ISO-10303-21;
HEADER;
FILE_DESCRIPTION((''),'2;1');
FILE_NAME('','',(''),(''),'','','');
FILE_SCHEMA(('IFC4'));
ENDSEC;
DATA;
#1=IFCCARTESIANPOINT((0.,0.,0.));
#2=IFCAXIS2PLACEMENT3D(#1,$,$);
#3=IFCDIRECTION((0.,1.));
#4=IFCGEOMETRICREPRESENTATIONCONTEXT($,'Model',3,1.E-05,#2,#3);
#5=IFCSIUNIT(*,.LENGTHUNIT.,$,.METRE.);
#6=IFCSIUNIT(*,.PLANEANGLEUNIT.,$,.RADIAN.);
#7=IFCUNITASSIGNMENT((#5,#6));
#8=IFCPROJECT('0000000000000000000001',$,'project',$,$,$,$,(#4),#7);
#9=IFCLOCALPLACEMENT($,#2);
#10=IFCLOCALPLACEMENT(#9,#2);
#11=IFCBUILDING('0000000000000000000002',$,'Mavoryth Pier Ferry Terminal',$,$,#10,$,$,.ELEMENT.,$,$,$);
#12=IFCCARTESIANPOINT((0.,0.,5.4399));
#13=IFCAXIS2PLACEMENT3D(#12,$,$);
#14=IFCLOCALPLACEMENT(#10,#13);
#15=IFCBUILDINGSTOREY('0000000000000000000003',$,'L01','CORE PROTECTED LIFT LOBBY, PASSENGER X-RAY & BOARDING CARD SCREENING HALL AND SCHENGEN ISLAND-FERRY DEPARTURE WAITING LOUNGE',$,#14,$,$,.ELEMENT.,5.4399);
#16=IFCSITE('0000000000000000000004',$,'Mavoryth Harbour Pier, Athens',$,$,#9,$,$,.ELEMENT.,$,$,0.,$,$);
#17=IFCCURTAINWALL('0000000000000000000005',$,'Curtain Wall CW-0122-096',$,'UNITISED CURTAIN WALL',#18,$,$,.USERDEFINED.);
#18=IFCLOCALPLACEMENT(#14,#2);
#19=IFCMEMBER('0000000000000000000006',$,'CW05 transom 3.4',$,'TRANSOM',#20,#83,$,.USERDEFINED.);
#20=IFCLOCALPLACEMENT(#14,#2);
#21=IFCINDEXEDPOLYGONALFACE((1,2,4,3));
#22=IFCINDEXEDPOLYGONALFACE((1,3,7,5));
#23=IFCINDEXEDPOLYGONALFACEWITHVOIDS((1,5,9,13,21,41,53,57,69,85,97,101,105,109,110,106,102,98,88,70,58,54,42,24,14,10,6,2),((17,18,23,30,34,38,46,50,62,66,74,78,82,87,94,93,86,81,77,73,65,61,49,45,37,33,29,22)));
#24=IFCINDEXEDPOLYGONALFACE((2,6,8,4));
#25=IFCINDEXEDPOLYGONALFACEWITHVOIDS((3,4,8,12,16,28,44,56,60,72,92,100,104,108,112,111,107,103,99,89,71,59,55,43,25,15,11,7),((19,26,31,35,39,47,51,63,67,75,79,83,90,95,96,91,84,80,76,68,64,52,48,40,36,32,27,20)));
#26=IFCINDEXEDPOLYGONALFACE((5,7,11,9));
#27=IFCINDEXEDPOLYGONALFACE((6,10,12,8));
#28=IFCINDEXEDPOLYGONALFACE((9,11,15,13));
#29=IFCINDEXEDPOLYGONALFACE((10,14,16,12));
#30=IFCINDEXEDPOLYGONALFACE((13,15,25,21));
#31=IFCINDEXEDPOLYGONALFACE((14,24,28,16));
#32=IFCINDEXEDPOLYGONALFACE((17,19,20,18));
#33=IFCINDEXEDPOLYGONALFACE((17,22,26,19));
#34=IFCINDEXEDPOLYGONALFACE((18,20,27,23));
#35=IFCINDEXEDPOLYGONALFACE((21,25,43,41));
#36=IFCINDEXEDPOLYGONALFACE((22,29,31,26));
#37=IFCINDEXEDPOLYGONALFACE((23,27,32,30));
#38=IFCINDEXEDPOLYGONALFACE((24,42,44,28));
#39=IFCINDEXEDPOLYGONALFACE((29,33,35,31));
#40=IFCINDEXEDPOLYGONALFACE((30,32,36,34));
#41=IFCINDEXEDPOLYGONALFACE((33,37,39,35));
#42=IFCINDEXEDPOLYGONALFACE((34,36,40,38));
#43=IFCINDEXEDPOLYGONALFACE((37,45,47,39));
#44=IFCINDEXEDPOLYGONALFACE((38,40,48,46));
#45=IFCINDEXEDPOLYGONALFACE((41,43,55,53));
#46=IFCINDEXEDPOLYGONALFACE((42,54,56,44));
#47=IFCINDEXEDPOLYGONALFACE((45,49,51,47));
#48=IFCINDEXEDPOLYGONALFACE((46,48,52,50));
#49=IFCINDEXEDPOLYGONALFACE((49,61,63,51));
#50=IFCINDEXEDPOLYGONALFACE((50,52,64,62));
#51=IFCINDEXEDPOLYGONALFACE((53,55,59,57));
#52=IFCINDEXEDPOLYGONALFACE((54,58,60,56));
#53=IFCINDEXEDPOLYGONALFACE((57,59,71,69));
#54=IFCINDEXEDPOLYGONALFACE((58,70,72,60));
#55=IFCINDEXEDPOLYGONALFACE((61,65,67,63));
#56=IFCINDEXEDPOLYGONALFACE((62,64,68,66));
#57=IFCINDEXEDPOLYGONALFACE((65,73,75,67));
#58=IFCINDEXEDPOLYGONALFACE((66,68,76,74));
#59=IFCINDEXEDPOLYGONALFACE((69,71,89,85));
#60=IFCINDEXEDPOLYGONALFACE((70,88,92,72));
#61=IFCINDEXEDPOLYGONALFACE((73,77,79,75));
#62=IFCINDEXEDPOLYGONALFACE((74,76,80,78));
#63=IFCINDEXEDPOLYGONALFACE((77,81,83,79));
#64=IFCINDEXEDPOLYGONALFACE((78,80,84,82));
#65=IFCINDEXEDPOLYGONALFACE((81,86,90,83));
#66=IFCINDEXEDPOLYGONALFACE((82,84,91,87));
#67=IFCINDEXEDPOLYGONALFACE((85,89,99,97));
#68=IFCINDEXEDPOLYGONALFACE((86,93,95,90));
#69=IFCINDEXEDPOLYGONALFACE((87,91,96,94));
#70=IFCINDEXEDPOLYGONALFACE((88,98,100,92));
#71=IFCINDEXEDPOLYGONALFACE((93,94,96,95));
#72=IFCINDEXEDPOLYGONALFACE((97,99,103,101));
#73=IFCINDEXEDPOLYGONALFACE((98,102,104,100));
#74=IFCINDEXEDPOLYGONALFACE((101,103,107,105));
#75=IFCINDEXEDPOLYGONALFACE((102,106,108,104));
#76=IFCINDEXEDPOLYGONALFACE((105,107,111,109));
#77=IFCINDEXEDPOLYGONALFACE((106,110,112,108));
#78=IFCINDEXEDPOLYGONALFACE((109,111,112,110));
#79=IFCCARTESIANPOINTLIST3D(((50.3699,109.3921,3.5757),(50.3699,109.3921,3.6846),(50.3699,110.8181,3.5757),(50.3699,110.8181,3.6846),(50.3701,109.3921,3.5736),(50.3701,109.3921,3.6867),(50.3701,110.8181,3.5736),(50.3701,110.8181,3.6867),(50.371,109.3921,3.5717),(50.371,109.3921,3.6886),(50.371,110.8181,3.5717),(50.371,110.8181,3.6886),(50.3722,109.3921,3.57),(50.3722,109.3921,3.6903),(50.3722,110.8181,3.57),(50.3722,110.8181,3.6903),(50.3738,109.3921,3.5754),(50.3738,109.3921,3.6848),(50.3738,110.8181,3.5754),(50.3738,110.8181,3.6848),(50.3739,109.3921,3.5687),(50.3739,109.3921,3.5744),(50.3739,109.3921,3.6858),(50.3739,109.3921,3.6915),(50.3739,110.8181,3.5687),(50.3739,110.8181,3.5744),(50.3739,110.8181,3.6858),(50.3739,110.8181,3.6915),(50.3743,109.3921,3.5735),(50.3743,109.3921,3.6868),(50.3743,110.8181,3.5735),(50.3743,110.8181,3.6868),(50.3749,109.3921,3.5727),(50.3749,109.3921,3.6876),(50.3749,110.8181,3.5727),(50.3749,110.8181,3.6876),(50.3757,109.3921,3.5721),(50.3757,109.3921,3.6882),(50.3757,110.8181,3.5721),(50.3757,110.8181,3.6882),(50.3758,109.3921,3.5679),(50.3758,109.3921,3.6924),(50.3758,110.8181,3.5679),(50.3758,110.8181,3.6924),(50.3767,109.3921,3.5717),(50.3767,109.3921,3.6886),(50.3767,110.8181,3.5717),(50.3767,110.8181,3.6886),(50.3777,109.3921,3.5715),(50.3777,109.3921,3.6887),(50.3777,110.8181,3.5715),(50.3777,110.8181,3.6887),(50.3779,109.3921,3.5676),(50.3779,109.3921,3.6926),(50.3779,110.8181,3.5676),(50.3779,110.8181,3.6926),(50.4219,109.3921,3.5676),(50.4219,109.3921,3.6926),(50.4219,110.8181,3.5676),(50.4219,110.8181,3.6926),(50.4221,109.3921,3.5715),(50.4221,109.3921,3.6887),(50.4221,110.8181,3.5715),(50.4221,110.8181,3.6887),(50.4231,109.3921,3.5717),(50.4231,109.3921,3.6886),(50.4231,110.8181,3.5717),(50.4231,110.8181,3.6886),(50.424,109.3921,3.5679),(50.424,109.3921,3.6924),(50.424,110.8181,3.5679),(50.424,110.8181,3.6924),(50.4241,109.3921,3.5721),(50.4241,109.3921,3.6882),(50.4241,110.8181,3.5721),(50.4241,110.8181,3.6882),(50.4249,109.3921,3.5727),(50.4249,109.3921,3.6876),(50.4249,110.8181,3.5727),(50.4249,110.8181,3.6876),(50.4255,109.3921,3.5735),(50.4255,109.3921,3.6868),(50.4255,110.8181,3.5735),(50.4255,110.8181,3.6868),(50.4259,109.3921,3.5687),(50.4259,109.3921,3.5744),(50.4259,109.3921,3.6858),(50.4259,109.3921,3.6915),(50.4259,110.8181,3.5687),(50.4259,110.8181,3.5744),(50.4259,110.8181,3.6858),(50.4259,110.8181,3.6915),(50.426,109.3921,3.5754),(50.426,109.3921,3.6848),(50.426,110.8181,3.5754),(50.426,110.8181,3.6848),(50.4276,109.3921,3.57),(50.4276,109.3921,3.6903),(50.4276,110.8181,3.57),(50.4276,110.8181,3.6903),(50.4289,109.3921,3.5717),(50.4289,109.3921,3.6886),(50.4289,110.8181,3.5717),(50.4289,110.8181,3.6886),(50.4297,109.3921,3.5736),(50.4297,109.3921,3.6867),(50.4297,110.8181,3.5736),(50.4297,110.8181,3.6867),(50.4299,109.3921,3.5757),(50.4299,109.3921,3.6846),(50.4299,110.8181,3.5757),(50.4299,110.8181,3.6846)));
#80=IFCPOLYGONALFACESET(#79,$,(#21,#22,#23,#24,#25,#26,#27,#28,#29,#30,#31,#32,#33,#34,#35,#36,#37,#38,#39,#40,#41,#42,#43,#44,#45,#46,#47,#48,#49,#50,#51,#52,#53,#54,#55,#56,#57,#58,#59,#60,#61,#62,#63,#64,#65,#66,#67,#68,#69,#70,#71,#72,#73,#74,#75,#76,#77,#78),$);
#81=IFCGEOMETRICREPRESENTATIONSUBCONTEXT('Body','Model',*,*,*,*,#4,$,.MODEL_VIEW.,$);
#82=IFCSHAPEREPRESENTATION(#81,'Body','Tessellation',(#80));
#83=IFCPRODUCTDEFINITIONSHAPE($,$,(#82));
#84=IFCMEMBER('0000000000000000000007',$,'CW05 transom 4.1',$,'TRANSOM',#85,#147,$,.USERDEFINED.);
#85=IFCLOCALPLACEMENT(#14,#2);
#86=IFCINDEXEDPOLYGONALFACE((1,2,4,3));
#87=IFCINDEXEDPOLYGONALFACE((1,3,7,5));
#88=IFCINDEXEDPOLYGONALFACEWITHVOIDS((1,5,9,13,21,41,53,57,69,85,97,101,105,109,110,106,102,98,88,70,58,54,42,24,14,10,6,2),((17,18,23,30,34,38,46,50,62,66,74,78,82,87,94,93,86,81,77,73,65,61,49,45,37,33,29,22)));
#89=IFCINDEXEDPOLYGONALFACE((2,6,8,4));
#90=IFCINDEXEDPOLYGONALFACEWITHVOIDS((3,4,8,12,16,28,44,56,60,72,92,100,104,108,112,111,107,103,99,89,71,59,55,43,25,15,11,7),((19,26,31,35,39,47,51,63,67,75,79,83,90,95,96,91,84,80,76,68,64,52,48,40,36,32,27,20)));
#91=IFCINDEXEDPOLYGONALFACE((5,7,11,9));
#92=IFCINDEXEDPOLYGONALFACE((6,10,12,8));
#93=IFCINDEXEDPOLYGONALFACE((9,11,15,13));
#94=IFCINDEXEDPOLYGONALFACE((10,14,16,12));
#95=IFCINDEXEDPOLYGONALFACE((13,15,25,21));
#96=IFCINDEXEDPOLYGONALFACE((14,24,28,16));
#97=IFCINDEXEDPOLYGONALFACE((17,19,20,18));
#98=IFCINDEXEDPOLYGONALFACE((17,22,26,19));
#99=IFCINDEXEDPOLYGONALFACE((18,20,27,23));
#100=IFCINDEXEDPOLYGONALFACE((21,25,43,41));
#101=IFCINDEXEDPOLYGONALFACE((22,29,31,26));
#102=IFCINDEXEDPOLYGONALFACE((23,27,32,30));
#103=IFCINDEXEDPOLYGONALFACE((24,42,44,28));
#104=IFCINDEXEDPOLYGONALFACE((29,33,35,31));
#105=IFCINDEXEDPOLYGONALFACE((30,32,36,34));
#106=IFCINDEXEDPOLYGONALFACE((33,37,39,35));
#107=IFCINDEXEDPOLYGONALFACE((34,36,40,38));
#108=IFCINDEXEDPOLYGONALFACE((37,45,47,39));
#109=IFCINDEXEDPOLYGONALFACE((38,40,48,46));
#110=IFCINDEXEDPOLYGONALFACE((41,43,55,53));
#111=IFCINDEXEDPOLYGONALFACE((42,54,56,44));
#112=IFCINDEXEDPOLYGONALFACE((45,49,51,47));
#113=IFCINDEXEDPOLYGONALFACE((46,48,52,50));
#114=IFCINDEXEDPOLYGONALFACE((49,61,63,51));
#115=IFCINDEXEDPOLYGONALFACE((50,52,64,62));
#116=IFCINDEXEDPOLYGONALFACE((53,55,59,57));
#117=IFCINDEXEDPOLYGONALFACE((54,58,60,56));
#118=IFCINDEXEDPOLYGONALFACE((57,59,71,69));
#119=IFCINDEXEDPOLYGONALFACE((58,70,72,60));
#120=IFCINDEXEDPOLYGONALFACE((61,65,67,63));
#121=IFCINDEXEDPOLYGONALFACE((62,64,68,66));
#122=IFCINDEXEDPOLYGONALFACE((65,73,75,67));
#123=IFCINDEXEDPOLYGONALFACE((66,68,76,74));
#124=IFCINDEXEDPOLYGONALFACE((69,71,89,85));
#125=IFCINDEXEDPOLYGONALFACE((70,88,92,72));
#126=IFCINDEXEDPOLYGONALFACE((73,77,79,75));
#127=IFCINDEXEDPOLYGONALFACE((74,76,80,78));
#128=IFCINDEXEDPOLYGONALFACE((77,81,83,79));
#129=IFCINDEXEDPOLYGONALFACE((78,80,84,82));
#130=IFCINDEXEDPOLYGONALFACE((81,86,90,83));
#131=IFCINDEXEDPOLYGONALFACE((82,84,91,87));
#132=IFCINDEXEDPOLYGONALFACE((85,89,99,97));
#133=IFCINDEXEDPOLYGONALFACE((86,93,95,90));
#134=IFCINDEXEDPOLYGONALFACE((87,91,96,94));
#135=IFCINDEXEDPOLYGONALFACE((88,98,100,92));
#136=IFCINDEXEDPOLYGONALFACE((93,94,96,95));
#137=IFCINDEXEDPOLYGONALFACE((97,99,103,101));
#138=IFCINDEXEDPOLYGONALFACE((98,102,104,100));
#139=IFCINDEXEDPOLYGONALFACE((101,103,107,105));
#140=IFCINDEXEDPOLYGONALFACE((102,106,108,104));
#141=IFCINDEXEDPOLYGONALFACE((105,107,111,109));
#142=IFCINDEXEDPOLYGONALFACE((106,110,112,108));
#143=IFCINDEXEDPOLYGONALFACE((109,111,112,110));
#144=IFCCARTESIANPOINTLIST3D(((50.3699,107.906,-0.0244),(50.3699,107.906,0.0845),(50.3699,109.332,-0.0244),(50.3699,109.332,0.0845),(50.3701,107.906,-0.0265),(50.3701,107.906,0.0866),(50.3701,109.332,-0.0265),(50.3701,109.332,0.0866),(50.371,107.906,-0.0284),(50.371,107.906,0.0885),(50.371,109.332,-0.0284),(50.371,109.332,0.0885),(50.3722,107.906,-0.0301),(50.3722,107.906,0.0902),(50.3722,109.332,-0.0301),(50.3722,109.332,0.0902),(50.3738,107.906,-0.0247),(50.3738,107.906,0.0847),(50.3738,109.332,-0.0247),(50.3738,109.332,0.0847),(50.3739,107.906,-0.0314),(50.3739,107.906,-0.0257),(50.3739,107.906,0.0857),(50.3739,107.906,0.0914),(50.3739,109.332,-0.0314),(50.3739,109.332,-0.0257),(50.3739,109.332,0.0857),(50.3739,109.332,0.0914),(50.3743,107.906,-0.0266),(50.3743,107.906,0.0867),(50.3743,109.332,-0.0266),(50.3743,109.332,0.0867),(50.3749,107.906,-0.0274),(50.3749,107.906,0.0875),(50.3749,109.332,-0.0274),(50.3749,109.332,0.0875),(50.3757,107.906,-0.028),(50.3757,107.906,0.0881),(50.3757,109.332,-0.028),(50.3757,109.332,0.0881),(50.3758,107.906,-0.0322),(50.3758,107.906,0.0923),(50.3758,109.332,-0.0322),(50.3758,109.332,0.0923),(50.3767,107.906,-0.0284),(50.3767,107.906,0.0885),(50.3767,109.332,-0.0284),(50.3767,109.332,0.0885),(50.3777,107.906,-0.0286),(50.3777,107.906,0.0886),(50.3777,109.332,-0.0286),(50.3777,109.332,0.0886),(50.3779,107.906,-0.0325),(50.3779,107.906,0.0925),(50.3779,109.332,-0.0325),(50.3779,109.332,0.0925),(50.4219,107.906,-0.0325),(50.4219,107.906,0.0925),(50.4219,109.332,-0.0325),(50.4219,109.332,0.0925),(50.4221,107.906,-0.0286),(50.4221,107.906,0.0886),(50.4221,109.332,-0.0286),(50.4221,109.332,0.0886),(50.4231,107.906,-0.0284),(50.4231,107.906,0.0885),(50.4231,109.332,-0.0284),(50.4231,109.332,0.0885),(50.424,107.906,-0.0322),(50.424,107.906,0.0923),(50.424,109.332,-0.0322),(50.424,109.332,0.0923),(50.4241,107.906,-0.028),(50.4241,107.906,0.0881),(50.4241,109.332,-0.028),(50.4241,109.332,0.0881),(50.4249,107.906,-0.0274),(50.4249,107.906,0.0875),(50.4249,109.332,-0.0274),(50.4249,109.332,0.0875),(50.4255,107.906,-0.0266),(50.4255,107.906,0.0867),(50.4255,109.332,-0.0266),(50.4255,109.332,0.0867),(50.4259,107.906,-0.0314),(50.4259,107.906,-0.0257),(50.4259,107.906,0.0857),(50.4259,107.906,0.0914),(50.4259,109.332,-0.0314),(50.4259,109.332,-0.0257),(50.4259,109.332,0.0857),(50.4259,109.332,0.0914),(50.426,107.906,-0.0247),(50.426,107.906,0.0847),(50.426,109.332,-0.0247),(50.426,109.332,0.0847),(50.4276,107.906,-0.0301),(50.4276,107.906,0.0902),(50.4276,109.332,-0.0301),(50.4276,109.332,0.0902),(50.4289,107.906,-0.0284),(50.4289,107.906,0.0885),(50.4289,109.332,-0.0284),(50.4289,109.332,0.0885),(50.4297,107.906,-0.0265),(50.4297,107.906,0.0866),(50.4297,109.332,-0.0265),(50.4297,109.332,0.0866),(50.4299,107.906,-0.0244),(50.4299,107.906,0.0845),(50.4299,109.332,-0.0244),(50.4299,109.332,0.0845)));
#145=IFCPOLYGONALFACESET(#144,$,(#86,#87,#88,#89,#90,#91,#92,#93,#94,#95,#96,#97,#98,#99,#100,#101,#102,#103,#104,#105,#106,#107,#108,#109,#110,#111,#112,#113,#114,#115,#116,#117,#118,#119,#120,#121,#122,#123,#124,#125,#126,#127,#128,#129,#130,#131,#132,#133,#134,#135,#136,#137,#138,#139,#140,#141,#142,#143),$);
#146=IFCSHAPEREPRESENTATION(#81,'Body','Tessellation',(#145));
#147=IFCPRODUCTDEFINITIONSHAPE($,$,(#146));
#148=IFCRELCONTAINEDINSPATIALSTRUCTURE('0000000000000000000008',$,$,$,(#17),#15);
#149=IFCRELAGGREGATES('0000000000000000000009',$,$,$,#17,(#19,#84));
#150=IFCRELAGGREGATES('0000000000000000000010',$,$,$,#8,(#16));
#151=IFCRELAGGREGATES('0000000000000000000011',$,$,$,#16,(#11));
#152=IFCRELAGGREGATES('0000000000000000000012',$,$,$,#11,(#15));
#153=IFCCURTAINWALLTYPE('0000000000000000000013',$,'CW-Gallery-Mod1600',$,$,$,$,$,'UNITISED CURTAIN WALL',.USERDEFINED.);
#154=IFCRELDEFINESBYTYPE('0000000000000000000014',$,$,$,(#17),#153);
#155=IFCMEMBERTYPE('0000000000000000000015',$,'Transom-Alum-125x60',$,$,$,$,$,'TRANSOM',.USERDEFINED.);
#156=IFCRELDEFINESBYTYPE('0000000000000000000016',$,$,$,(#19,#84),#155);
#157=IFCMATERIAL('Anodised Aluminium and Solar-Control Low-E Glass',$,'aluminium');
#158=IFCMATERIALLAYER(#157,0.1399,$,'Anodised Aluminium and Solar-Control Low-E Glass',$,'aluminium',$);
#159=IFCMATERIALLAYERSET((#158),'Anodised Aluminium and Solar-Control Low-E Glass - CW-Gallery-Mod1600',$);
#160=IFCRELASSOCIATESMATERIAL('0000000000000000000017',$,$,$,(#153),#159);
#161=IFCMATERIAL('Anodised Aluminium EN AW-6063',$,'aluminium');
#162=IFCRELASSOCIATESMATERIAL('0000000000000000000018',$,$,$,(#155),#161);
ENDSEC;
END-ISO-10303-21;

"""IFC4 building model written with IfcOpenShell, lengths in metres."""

from ifc_helpers import new_model, si_unit, direction, frame, origin, origin_2d, place, context, subcontext, project, spatial, hollow_rectangle, extrude, material, layer, layer_set, material_profile, profile_set, type_object, element, aggregate, save


model = new_model("IFC4")

# Units and contexts
model_context = context("Model", 3, precision=1e-05, world=origin(), true_north=direction((0.0, 1.0)))
body_context = subcontext(model_context, "Body", "Model", "MODEL_VIEW")
ifc_project = project(units=[si_unit("LENGTHUNIT", "METRE"), si_unit("PLANEANGLEUNIT", "RADIAN")], contexts=[model_context])

# Site, building, storey
site_placement = place(None, origin())
site = spatial("IfcSite", under=ifc_project, at=site_placement, Name="Mavoryth Harbour Pier, Athens", CompositionType="ELEMENT", RefElevation=0.0)
building_placement = place(site_placement, origin())
building = spatial("IfcBuilding", under=site, at=building_placement, Name="Mavoryth Pier Ferry Terminal", CompositionType="ELEMENT")
storey_placement = place(building_placement, frame((0.0, 0.0, 5.4399)))
storey = spatial("IfcBuildingStorey", under=building, at=storey_placement, Name="L01", Description="CORE PROTECTED LIFT LOBBY, PASSENGER X-RAY & BOARDING CARD SCREENING HALL AND SCHENGEN ISLAND-FERRY DEPARTURE WAITING LOUNGE", CompositionType="ELEMENT", Elevation=5.4399)

# Curtain wall
ifc_material_1 = material(Name="Anodised Aluminium and Solar-Control Low-E Glass", Category="aluminium")
ifc_layer_1 = layer(ifc_material_1, 0.1399, Name="Anodised Aluminium and Solar-Control Low-E Glass", Category="aluminium")
ifc_layer_set_1 = layer_set([ifc_layer_1], Name="Anodised Aluminium and Solar-Control Low-E Glass - CW-Gallery-Mod1600")
curtain_wall_type = type_object("IfcCurtainWallType", Name="CW-Gallery-Mod1600", ElementType="UNITISED CURTAIN WALL", PredefinedType="USERDEFINED", material=ifc_layer_set_1)
curtain_wall_placement = place(storey_placement, origin())
curtain_wall = element("IfcCurtainWall", 1, at=curtain_wall_placement, inside=storey, type_object=curtain_wall_type, Name="Curtain Wall CW-0122-096", ObjectType="UNITISED CURTAIN WALL", PredefinedType="USERDEFINED")
ifc_material_2 = material(Name="Anodised Aluminium EN AW-6063", Category="aluminium")

# Members
ifc_material_profile_1 = material_profile(ifc_material_2, hollow_rectangle(XDim=0.0601, YDim=0.125, WallThickness=0.0039, InnerFilletRadius=0.0039, OuterFilletRadius=0.0081, at=origin_2d()), Name="AL-TRAN 125x60x4", Category="aluminium")
ifc_profile_set_1 = profile_set([ifc_material_profile_1], Name="Anodised Aluminium EN AW-6063 - AL-TRAN 125x60x4")
member_type_1 = type_object("IfcMemberType", Name="Transom-Alum-125x60", ElementType="TRANSOM", PredefinedType="USERDEFINED", material=ifc_profile_set_1)
member_1_placement = place(storey_placement, frame((50.3999, 110.8181, 3.6301), z_axis=(0.0, -1.0, 0.0), x_axis=(1.0, 0.0, 0.0)))
member_1 = element("IfcMember", 2, at=member_1_placement, type_object=member_type_1, Name="CW05 transom 3.4", ObjectType="TRANSOM", PredefinedType="USERDEFINED", context=body_context, shape_type="SweptSolid", body=[
    extrude(hollow_rectangle(XDim=0.0601, YDim=0.125, WallThickness=0.0039, InnerFilletRadius=0.0039, OuterFilletRadius=0.0081, at=origin_2d()), origin(), (0.0, 0.0, 1.0), 1.426),
])
member_2_placement = place(storey_placement, frame((50.3999, 109.332, 0.03), z_axis=(0.0, -1.0, 0.0), x_axis=(1.0, 0.0, 0.0)))
member_2 = element("IfcMember", 3, at=member_2_placement, type_object=member_type_1, Name="CW05 transom 4.1", ObjectType="TRANSOM", PredefinedType="USERDEFINED", context=body_context, shape_type="SweptSolid", body=[
    extrude(hollow_rectangle(XDim=0.0601, YDim=0.125, WallThickness=0.0039, InnerFilletRadius=0.0039, OuterFilletRadius=0.0081, at=origin_2d()), origin(), (0.0, 0.0, 1.0), 1.426),
])

aggregate(curtain_wall, [member_1, member_2])

save(model, "model.ifc")
